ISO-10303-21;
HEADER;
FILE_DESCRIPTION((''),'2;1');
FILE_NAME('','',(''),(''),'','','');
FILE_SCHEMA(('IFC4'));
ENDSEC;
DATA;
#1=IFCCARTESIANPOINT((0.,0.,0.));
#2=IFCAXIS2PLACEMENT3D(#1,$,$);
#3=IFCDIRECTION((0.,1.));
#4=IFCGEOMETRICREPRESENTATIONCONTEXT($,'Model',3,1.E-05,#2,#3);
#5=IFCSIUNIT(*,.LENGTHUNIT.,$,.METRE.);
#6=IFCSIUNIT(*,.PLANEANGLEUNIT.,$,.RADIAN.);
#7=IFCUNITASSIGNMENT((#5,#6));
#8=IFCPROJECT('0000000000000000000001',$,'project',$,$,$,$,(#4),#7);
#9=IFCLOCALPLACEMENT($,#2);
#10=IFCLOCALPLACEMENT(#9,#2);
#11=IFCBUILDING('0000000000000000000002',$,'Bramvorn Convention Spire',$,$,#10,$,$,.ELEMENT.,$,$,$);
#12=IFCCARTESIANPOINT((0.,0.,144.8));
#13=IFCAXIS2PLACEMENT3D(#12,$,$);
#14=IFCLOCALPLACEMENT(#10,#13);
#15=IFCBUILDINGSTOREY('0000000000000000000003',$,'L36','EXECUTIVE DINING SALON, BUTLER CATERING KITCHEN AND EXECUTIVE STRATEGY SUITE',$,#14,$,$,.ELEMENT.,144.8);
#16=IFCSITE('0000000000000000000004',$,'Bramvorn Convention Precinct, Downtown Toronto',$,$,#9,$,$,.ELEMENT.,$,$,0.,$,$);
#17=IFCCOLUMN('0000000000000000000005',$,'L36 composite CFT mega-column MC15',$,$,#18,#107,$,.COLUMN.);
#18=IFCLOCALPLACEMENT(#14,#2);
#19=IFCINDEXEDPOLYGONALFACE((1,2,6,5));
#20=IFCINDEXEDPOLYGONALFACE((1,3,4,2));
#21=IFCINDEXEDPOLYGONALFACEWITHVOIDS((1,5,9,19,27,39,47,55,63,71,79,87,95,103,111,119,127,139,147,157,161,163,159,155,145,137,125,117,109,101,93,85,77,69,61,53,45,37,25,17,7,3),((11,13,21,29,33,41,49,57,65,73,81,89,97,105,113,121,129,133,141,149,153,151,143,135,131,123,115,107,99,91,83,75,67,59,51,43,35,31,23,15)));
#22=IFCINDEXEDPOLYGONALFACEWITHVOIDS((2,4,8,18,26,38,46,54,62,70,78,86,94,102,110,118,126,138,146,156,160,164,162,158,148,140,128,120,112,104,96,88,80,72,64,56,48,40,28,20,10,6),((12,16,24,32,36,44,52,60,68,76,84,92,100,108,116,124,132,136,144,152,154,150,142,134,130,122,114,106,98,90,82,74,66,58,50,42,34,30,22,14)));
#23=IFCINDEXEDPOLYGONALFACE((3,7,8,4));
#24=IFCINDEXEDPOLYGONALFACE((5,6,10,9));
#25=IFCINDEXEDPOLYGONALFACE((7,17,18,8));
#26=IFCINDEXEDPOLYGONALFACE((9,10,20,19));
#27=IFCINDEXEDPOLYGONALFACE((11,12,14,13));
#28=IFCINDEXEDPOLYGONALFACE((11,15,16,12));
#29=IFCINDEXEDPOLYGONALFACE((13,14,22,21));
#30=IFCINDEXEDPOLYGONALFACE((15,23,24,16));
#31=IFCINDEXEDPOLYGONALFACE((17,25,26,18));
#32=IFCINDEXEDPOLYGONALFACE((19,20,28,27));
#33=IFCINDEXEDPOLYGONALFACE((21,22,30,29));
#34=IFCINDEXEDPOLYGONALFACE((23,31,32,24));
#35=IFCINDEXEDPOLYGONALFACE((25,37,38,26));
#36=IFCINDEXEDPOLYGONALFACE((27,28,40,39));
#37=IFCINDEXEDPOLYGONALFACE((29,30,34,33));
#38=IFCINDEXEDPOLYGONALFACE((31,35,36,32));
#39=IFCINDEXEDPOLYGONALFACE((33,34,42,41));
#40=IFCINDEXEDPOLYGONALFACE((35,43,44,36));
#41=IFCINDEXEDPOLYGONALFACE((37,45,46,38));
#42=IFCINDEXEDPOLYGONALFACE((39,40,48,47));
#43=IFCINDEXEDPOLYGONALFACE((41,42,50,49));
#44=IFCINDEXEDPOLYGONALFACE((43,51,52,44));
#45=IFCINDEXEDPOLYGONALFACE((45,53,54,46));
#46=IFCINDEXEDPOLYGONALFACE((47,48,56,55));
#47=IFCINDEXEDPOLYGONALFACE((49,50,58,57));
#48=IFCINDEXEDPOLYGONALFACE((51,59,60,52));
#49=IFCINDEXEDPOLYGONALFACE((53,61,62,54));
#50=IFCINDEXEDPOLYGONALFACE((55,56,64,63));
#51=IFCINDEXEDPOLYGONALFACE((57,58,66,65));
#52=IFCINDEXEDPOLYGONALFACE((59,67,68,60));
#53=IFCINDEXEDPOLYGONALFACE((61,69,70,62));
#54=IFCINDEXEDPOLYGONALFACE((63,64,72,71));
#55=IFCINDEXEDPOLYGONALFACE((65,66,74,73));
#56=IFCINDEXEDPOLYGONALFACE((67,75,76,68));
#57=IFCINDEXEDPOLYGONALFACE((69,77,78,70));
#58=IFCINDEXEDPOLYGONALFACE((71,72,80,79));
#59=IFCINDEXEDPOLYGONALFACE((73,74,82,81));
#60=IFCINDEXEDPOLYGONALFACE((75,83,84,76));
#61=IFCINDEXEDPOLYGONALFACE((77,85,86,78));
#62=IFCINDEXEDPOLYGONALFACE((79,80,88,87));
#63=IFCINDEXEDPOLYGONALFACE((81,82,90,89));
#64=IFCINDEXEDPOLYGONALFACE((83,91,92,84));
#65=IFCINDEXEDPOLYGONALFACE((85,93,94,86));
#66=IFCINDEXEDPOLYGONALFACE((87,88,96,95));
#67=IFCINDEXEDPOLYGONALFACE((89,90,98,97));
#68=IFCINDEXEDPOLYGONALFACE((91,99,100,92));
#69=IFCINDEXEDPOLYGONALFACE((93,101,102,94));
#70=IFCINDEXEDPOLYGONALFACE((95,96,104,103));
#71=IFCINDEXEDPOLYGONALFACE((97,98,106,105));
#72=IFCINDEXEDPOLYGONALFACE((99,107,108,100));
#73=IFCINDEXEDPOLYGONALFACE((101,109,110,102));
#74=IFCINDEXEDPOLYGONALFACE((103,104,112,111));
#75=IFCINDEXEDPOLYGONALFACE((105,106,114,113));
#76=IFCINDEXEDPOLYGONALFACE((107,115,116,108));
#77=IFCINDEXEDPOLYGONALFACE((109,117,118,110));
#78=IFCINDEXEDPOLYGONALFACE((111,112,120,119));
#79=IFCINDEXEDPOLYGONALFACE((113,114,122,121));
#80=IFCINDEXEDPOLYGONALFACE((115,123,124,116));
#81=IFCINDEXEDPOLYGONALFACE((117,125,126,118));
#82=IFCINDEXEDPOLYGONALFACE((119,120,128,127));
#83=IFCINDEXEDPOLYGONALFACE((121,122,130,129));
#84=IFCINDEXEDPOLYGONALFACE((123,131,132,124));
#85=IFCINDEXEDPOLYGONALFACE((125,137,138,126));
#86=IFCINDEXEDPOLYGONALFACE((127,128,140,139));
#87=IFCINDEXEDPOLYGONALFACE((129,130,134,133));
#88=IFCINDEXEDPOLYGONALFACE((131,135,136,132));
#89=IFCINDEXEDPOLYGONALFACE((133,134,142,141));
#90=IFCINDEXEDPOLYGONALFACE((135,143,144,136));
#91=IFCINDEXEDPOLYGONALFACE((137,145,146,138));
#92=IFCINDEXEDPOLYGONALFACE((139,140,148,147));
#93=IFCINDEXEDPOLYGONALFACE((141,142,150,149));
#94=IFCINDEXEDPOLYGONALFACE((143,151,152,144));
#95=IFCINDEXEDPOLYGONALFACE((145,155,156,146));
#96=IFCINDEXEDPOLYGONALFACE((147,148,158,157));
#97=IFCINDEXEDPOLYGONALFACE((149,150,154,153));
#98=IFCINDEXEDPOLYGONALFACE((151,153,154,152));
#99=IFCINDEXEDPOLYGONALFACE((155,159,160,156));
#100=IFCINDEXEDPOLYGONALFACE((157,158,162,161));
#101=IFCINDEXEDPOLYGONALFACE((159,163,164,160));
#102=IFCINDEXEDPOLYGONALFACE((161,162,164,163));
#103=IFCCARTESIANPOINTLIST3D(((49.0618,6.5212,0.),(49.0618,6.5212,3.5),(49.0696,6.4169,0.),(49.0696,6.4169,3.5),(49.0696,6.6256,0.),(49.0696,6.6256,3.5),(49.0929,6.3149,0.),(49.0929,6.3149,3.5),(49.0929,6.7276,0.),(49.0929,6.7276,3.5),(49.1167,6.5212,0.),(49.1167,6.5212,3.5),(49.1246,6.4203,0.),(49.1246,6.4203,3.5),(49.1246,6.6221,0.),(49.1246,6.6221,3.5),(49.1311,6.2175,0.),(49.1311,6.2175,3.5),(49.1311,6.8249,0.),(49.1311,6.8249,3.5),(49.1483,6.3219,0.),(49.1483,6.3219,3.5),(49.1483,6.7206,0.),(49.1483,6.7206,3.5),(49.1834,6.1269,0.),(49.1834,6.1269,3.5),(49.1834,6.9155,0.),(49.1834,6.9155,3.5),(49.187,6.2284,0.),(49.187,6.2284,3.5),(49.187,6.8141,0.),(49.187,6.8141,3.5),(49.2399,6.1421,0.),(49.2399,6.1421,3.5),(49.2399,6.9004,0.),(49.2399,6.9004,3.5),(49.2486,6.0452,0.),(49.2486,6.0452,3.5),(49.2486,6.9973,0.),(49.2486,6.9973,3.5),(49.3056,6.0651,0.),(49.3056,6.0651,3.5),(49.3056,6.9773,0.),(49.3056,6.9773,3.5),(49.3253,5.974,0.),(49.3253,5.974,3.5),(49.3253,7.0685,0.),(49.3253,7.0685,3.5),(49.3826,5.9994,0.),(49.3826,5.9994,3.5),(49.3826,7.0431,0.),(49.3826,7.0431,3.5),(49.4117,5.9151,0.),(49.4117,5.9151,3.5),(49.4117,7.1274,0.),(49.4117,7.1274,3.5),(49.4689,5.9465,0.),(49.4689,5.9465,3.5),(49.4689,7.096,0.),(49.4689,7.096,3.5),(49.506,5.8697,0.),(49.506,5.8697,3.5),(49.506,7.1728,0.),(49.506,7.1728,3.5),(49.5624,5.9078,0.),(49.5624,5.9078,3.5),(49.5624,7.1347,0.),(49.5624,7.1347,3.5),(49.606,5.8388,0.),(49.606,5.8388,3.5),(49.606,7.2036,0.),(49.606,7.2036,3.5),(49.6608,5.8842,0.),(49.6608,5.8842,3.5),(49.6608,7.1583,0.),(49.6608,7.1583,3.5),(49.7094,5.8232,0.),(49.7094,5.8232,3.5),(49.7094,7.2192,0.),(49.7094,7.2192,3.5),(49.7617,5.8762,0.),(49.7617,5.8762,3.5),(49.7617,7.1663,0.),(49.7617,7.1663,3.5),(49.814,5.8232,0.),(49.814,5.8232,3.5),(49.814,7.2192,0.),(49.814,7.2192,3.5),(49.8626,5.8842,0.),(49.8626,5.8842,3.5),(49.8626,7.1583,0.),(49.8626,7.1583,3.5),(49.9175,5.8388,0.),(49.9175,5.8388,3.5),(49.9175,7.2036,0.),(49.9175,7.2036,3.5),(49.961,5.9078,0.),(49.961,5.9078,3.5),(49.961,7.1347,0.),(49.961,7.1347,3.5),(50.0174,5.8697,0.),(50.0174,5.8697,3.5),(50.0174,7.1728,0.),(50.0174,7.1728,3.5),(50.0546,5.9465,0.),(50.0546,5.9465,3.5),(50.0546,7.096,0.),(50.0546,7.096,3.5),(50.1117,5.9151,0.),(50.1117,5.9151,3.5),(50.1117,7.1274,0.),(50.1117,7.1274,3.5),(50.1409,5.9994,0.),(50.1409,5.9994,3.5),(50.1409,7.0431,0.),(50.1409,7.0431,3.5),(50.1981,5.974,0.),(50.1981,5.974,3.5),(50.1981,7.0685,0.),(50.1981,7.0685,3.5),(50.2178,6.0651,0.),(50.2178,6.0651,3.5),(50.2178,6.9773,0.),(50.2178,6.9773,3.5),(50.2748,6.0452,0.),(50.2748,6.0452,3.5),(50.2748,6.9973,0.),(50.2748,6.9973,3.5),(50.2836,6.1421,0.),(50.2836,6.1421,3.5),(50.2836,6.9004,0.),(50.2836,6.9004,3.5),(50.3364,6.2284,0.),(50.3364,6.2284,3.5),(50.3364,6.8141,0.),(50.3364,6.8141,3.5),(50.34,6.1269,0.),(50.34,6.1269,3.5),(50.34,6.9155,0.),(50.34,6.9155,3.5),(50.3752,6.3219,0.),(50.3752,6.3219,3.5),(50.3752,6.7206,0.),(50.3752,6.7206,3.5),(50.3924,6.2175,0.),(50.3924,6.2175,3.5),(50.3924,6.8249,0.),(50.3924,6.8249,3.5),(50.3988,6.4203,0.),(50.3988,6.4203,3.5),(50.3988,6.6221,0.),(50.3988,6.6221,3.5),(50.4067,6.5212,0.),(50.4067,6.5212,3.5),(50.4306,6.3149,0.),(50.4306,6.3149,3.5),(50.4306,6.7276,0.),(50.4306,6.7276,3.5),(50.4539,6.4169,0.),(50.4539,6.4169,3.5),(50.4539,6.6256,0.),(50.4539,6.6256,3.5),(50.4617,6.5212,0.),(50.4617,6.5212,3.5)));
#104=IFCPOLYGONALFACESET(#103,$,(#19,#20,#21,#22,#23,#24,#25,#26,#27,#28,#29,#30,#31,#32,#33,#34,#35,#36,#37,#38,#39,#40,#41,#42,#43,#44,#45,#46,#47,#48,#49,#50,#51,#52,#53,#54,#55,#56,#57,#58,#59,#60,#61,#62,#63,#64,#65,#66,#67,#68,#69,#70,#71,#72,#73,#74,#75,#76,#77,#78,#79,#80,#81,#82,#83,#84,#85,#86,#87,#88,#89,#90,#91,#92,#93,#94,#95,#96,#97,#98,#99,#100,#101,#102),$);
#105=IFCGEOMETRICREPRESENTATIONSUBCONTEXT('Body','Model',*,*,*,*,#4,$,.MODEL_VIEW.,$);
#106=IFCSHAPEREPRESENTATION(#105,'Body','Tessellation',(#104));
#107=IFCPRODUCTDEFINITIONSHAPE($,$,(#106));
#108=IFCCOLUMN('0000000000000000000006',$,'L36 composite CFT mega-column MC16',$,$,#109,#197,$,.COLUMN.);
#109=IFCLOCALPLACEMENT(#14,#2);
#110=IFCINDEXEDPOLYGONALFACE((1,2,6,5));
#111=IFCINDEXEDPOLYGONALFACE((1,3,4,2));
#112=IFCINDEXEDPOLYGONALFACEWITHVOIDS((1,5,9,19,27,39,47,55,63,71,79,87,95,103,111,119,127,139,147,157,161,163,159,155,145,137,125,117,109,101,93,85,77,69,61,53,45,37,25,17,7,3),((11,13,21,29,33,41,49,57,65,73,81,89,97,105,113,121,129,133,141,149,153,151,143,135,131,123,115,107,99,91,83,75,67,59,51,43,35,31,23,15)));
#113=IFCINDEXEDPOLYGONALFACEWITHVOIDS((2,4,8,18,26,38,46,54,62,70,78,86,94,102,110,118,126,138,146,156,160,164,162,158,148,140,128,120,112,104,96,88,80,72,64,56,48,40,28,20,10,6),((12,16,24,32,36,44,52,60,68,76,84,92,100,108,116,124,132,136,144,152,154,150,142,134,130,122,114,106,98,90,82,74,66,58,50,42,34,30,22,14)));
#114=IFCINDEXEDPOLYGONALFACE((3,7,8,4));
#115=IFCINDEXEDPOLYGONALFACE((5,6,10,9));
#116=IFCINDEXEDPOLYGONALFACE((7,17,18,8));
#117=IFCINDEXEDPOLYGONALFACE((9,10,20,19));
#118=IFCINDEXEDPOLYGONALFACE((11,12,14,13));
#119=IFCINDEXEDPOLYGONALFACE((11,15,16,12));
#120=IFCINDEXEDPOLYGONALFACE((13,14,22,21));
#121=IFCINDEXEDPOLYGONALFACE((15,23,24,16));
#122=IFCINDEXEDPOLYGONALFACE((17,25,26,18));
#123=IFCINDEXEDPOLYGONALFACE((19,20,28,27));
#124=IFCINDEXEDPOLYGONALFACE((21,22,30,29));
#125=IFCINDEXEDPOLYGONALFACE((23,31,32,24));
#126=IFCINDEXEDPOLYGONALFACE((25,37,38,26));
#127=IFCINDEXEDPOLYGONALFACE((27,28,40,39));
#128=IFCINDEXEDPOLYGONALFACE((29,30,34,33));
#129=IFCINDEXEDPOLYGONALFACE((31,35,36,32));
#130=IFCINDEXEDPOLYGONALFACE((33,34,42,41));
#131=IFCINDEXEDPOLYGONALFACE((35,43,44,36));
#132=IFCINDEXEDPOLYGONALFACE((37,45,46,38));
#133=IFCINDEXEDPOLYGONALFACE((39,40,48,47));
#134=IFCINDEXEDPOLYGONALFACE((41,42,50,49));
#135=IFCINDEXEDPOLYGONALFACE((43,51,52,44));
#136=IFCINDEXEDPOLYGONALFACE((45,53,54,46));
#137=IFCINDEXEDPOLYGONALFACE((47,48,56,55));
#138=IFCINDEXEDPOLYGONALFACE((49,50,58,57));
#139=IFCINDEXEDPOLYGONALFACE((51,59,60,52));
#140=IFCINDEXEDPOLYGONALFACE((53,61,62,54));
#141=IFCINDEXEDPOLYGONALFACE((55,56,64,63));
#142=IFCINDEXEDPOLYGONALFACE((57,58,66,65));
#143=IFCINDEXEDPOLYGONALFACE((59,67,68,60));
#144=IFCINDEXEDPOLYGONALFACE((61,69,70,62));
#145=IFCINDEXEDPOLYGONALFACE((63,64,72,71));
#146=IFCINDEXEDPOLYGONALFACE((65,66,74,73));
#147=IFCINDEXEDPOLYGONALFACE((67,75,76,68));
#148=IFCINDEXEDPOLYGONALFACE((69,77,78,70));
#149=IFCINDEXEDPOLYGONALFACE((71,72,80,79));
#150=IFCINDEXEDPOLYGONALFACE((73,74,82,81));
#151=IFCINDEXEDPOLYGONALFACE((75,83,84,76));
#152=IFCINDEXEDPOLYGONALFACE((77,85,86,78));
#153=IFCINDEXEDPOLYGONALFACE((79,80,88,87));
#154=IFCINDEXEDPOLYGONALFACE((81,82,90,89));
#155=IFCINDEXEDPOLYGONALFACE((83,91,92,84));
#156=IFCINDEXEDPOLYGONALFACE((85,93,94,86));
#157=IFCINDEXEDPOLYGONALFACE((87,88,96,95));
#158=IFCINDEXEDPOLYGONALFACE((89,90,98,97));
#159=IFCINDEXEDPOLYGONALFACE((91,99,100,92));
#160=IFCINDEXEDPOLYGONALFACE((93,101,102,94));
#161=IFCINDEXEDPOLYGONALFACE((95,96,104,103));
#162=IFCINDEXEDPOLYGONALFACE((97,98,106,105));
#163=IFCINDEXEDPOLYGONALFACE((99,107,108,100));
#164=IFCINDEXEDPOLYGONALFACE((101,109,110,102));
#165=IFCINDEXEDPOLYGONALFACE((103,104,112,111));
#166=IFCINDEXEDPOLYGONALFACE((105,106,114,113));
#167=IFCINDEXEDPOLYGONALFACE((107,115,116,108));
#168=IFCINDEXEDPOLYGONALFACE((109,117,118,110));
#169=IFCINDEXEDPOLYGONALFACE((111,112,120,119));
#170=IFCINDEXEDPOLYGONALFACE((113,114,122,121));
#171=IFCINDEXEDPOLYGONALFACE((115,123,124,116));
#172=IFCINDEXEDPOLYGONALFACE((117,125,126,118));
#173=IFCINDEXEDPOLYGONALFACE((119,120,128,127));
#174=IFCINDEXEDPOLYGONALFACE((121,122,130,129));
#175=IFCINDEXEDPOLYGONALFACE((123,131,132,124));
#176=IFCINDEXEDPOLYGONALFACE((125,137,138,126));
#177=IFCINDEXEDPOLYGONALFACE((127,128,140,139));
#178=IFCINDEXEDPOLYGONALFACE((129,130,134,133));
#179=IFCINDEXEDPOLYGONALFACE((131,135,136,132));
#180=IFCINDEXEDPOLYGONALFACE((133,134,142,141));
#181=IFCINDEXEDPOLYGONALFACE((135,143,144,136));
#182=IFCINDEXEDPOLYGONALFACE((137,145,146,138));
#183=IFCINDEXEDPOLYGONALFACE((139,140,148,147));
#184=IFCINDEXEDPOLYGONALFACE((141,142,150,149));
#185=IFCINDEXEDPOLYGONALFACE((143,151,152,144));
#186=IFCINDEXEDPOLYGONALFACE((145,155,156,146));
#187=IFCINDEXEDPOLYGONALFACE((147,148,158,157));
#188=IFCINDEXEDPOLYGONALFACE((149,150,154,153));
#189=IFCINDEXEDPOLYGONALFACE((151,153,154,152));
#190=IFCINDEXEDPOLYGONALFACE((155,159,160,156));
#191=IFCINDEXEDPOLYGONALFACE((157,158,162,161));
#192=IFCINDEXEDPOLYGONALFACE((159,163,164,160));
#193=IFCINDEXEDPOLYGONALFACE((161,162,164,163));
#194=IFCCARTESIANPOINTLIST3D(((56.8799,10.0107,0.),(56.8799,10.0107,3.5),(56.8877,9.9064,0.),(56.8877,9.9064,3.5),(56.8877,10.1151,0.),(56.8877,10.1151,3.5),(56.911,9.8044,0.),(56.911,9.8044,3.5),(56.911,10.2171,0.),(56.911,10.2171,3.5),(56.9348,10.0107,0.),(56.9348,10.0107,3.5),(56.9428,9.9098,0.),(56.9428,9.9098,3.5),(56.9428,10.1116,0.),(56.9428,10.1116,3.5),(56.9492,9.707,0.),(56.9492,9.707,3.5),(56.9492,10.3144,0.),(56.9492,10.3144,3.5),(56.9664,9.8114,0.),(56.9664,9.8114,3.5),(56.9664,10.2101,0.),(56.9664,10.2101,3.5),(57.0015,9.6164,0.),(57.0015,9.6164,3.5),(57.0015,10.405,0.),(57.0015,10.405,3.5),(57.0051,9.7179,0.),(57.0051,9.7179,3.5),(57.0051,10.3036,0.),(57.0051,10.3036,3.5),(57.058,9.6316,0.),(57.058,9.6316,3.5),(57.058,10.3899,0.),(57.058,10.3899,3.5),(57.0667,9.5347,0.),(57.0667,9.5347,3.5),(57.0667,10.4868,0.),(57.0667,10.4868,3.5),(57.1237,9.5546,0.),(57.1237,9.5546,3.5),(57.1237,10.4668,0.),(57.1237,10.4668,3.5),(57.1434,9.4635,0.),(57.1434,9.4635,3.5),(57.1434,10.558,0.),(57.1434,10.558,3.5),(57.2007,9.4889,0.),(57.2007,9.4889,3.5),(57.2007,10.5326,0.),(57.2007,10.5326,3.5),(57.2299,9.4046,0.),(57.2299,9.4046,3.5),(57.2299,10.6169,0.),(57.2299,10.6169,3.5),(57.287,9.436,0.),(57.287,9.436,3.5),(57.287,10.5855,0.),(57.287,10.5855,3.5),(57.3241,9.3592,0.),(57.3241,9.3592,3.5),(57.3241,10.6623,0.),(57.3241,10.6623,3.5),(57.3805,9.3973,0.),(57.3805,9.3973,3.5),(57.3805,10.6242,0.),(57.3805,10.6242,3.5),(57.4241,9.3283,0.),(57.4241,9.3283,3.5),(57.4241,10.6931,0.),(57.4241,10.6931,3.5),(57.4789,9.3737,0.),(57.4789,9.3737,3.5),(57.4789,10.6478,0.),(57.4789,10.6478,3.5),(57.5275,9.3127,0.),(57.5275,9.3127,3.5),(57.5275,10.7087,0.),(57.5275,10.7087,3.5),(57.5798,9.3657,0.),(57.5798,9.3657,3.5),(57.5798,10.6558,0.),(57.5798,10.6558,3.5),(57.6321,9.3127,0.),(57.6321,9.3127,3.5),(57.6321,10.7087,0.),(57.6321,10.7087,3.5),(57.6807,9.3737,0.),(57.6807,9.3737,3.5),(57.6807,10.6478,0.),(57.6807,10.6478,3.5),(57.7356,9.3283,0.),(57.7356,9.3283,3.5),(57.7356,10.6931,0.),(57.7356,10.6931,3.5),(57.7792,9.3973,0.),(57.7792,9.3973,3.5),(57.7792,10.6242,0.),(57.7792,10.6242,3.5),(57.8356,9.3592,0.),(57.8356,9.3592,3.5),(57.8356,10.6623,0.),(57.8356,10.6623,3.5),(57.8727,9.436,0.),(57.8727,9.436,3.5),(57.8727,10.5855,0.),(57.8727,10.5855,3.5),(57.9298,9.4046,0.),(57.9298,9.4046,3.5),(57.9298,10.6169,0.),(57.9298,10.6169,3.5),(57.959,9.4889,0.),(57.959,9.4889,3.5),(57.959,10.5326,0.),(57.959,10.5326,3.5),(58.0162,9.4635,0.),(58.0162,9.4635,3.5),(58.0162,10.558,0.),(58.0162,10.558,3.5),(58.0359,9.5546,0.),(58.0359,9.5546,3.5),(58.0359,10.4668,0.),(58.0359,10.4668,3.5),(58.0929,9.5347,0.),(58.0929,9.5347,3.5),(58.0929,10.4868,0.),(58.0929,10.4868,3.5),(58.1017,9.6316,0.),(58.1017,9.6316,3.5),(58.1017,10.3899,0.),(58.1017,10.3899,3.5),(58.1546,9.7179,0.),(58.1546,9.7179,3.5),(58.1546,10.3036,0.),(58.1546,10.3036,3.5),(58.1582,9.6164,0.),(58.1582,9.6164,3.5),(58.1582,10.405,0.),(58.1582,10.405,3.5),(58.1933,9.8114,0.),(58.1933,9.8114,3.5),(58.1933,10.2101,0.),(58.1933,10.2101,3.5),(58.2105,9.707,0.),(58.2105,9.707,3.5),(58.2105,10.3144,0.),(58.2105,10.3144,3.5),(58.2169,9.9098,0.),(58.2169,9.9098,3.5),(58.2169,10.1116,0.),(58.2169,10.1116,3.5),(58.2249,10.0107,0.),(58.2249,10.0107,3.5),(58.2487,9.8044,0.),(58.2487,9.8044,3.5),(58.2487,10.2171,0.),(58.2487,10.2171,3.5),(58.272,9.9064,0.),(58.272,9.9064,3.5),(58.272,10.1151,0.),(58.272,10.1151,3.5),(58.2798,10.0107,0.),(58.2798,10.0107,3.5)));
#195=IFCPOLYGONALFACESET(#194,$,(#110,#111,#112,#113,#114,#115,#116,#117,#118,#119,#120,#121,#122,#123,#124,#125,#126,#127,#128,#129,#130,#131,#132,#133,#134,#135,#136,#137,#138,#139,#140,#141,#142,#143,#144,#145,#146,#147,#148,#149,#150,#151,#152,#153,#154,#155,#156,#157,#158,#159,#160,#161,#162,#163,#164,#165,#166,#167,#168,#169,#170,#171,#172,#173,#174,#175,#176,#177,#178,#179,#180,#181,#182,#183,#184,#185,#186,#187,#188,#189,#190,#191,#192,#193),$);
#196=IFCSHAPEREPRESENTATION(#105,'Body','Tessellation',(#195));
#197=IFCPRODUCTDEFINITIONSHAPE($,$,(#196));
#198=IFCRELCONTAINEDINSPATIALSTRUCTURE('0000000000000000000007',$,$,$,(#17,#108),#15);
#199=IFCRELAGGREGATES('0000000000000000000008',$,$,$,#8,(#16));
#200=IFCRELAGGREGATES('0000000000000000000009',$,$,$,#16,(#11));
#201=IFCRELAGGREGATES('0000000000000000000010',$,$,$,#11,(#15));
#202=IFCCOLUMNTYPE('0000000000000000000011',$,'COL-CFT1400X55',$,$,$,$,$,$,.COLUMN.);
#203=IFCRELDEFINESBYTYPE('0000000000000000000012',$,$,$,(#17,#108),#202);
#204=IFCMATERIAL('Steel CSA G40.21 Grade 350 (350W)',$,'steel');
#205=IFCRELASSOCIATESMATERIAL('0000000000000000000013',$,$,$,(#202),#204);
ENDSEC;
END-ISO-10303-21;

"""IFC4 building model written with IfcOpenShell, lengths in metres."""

from ifc_helpers import new_model, si_unit, direction, frame, origin, origin_2d, place, context, subcontext, project, spatial, hollow_circle, extrude, material, material_profile, profile_set, type_object, element, save


model = new_model("IFC4")

# Units and contexts
model_context = context("Model", 3, precision=1e-05, world=origin(), true_north=direction((0.0, 1.0)))
body_context = subcontext(model_context, "Body", "Model", "MODEL_VIEW")
ifc_project = project(units=[si_unit("LENGTHUNIT", "METRE"), si_unit("PLANEANGLEUNIT", "RADIAN")], contexts=[model_context])

# Site, building, storey
site_placement = place(None, origin())
site = spatial("IfcSite", under=ifc_project, at=site_placement, Name="Bramvorn Convention Precinct, Downtown Toronto", CompositionType="ELEMENT", RefElevation=0.0)
building_placement = place(site_placement, origin())
building = spatial("IfcBuilding", under=site, at=building_placement, Name="Bramvorn Convention Spire", CompositionType="ELEMENT")
storey_placement = place(building_placement, frame((0.0, 0.0, 144.8)))
storey = spatial("IfcBuildingStorey", under=building, at=storey_placement, Name="L36", Description="EXECUTIVE DINING SALON, BUTLER CATERING KITCHEN AND EXECUTIVE STRATEGY SUITE", CompositionType="ELEMENT", Elevation=144.8)

# Columns
ifc_material_1 = material(Name="Steel CSA G40.21 Grade 350 (350W)", Category="steel")
ifc_material_profile_1 = material_profile(ifc_material_1, hollow_circle(Radius=0.7, WallThickness=0.0549, at=origin_2d()))
ifc_profile_set_1 = profile_set([ifc_material_profile_1], Name="Steel CSA G40.21 Grade 350 (350W) - CFT1400X55")
column_type = type_object("IfcColumnType", Name="COL-CFT1400X55", PredefinedType="COLUMN", material=ifc_profile_set_1)
for number, where, z_axis, x_axis, name in (
    (1, (49.7617, 6.5212, 0.0), (0.0, 0.0, 1.0), (1.0, 0.0, 0.0), "L36 composite CFT mega-column MC15"),
    (2, (57.5798, 10.0107, 0.0), (0.0, 0.0, 1.0), (1.0, 0.0, 0.0), "L36 composite CFT mega-column MC16"),
):
    element("IfcColumn", number, at=place(storey_placement, frame(where, z_axis=z_axis, x_axis=x_axis)), inside=storey, type_object=column_type, Name=name, PredefinedType="COLUMN", context=body_context, shape_type="SweptSolid", body=[
        extrude(hollow_circle(Radius=0.7, WallThickness=0.0549, at=origin_2d()), origin(), (0.0, 0.0, 1.0), 3.5),
    ])

save(model, "model.ifc")
